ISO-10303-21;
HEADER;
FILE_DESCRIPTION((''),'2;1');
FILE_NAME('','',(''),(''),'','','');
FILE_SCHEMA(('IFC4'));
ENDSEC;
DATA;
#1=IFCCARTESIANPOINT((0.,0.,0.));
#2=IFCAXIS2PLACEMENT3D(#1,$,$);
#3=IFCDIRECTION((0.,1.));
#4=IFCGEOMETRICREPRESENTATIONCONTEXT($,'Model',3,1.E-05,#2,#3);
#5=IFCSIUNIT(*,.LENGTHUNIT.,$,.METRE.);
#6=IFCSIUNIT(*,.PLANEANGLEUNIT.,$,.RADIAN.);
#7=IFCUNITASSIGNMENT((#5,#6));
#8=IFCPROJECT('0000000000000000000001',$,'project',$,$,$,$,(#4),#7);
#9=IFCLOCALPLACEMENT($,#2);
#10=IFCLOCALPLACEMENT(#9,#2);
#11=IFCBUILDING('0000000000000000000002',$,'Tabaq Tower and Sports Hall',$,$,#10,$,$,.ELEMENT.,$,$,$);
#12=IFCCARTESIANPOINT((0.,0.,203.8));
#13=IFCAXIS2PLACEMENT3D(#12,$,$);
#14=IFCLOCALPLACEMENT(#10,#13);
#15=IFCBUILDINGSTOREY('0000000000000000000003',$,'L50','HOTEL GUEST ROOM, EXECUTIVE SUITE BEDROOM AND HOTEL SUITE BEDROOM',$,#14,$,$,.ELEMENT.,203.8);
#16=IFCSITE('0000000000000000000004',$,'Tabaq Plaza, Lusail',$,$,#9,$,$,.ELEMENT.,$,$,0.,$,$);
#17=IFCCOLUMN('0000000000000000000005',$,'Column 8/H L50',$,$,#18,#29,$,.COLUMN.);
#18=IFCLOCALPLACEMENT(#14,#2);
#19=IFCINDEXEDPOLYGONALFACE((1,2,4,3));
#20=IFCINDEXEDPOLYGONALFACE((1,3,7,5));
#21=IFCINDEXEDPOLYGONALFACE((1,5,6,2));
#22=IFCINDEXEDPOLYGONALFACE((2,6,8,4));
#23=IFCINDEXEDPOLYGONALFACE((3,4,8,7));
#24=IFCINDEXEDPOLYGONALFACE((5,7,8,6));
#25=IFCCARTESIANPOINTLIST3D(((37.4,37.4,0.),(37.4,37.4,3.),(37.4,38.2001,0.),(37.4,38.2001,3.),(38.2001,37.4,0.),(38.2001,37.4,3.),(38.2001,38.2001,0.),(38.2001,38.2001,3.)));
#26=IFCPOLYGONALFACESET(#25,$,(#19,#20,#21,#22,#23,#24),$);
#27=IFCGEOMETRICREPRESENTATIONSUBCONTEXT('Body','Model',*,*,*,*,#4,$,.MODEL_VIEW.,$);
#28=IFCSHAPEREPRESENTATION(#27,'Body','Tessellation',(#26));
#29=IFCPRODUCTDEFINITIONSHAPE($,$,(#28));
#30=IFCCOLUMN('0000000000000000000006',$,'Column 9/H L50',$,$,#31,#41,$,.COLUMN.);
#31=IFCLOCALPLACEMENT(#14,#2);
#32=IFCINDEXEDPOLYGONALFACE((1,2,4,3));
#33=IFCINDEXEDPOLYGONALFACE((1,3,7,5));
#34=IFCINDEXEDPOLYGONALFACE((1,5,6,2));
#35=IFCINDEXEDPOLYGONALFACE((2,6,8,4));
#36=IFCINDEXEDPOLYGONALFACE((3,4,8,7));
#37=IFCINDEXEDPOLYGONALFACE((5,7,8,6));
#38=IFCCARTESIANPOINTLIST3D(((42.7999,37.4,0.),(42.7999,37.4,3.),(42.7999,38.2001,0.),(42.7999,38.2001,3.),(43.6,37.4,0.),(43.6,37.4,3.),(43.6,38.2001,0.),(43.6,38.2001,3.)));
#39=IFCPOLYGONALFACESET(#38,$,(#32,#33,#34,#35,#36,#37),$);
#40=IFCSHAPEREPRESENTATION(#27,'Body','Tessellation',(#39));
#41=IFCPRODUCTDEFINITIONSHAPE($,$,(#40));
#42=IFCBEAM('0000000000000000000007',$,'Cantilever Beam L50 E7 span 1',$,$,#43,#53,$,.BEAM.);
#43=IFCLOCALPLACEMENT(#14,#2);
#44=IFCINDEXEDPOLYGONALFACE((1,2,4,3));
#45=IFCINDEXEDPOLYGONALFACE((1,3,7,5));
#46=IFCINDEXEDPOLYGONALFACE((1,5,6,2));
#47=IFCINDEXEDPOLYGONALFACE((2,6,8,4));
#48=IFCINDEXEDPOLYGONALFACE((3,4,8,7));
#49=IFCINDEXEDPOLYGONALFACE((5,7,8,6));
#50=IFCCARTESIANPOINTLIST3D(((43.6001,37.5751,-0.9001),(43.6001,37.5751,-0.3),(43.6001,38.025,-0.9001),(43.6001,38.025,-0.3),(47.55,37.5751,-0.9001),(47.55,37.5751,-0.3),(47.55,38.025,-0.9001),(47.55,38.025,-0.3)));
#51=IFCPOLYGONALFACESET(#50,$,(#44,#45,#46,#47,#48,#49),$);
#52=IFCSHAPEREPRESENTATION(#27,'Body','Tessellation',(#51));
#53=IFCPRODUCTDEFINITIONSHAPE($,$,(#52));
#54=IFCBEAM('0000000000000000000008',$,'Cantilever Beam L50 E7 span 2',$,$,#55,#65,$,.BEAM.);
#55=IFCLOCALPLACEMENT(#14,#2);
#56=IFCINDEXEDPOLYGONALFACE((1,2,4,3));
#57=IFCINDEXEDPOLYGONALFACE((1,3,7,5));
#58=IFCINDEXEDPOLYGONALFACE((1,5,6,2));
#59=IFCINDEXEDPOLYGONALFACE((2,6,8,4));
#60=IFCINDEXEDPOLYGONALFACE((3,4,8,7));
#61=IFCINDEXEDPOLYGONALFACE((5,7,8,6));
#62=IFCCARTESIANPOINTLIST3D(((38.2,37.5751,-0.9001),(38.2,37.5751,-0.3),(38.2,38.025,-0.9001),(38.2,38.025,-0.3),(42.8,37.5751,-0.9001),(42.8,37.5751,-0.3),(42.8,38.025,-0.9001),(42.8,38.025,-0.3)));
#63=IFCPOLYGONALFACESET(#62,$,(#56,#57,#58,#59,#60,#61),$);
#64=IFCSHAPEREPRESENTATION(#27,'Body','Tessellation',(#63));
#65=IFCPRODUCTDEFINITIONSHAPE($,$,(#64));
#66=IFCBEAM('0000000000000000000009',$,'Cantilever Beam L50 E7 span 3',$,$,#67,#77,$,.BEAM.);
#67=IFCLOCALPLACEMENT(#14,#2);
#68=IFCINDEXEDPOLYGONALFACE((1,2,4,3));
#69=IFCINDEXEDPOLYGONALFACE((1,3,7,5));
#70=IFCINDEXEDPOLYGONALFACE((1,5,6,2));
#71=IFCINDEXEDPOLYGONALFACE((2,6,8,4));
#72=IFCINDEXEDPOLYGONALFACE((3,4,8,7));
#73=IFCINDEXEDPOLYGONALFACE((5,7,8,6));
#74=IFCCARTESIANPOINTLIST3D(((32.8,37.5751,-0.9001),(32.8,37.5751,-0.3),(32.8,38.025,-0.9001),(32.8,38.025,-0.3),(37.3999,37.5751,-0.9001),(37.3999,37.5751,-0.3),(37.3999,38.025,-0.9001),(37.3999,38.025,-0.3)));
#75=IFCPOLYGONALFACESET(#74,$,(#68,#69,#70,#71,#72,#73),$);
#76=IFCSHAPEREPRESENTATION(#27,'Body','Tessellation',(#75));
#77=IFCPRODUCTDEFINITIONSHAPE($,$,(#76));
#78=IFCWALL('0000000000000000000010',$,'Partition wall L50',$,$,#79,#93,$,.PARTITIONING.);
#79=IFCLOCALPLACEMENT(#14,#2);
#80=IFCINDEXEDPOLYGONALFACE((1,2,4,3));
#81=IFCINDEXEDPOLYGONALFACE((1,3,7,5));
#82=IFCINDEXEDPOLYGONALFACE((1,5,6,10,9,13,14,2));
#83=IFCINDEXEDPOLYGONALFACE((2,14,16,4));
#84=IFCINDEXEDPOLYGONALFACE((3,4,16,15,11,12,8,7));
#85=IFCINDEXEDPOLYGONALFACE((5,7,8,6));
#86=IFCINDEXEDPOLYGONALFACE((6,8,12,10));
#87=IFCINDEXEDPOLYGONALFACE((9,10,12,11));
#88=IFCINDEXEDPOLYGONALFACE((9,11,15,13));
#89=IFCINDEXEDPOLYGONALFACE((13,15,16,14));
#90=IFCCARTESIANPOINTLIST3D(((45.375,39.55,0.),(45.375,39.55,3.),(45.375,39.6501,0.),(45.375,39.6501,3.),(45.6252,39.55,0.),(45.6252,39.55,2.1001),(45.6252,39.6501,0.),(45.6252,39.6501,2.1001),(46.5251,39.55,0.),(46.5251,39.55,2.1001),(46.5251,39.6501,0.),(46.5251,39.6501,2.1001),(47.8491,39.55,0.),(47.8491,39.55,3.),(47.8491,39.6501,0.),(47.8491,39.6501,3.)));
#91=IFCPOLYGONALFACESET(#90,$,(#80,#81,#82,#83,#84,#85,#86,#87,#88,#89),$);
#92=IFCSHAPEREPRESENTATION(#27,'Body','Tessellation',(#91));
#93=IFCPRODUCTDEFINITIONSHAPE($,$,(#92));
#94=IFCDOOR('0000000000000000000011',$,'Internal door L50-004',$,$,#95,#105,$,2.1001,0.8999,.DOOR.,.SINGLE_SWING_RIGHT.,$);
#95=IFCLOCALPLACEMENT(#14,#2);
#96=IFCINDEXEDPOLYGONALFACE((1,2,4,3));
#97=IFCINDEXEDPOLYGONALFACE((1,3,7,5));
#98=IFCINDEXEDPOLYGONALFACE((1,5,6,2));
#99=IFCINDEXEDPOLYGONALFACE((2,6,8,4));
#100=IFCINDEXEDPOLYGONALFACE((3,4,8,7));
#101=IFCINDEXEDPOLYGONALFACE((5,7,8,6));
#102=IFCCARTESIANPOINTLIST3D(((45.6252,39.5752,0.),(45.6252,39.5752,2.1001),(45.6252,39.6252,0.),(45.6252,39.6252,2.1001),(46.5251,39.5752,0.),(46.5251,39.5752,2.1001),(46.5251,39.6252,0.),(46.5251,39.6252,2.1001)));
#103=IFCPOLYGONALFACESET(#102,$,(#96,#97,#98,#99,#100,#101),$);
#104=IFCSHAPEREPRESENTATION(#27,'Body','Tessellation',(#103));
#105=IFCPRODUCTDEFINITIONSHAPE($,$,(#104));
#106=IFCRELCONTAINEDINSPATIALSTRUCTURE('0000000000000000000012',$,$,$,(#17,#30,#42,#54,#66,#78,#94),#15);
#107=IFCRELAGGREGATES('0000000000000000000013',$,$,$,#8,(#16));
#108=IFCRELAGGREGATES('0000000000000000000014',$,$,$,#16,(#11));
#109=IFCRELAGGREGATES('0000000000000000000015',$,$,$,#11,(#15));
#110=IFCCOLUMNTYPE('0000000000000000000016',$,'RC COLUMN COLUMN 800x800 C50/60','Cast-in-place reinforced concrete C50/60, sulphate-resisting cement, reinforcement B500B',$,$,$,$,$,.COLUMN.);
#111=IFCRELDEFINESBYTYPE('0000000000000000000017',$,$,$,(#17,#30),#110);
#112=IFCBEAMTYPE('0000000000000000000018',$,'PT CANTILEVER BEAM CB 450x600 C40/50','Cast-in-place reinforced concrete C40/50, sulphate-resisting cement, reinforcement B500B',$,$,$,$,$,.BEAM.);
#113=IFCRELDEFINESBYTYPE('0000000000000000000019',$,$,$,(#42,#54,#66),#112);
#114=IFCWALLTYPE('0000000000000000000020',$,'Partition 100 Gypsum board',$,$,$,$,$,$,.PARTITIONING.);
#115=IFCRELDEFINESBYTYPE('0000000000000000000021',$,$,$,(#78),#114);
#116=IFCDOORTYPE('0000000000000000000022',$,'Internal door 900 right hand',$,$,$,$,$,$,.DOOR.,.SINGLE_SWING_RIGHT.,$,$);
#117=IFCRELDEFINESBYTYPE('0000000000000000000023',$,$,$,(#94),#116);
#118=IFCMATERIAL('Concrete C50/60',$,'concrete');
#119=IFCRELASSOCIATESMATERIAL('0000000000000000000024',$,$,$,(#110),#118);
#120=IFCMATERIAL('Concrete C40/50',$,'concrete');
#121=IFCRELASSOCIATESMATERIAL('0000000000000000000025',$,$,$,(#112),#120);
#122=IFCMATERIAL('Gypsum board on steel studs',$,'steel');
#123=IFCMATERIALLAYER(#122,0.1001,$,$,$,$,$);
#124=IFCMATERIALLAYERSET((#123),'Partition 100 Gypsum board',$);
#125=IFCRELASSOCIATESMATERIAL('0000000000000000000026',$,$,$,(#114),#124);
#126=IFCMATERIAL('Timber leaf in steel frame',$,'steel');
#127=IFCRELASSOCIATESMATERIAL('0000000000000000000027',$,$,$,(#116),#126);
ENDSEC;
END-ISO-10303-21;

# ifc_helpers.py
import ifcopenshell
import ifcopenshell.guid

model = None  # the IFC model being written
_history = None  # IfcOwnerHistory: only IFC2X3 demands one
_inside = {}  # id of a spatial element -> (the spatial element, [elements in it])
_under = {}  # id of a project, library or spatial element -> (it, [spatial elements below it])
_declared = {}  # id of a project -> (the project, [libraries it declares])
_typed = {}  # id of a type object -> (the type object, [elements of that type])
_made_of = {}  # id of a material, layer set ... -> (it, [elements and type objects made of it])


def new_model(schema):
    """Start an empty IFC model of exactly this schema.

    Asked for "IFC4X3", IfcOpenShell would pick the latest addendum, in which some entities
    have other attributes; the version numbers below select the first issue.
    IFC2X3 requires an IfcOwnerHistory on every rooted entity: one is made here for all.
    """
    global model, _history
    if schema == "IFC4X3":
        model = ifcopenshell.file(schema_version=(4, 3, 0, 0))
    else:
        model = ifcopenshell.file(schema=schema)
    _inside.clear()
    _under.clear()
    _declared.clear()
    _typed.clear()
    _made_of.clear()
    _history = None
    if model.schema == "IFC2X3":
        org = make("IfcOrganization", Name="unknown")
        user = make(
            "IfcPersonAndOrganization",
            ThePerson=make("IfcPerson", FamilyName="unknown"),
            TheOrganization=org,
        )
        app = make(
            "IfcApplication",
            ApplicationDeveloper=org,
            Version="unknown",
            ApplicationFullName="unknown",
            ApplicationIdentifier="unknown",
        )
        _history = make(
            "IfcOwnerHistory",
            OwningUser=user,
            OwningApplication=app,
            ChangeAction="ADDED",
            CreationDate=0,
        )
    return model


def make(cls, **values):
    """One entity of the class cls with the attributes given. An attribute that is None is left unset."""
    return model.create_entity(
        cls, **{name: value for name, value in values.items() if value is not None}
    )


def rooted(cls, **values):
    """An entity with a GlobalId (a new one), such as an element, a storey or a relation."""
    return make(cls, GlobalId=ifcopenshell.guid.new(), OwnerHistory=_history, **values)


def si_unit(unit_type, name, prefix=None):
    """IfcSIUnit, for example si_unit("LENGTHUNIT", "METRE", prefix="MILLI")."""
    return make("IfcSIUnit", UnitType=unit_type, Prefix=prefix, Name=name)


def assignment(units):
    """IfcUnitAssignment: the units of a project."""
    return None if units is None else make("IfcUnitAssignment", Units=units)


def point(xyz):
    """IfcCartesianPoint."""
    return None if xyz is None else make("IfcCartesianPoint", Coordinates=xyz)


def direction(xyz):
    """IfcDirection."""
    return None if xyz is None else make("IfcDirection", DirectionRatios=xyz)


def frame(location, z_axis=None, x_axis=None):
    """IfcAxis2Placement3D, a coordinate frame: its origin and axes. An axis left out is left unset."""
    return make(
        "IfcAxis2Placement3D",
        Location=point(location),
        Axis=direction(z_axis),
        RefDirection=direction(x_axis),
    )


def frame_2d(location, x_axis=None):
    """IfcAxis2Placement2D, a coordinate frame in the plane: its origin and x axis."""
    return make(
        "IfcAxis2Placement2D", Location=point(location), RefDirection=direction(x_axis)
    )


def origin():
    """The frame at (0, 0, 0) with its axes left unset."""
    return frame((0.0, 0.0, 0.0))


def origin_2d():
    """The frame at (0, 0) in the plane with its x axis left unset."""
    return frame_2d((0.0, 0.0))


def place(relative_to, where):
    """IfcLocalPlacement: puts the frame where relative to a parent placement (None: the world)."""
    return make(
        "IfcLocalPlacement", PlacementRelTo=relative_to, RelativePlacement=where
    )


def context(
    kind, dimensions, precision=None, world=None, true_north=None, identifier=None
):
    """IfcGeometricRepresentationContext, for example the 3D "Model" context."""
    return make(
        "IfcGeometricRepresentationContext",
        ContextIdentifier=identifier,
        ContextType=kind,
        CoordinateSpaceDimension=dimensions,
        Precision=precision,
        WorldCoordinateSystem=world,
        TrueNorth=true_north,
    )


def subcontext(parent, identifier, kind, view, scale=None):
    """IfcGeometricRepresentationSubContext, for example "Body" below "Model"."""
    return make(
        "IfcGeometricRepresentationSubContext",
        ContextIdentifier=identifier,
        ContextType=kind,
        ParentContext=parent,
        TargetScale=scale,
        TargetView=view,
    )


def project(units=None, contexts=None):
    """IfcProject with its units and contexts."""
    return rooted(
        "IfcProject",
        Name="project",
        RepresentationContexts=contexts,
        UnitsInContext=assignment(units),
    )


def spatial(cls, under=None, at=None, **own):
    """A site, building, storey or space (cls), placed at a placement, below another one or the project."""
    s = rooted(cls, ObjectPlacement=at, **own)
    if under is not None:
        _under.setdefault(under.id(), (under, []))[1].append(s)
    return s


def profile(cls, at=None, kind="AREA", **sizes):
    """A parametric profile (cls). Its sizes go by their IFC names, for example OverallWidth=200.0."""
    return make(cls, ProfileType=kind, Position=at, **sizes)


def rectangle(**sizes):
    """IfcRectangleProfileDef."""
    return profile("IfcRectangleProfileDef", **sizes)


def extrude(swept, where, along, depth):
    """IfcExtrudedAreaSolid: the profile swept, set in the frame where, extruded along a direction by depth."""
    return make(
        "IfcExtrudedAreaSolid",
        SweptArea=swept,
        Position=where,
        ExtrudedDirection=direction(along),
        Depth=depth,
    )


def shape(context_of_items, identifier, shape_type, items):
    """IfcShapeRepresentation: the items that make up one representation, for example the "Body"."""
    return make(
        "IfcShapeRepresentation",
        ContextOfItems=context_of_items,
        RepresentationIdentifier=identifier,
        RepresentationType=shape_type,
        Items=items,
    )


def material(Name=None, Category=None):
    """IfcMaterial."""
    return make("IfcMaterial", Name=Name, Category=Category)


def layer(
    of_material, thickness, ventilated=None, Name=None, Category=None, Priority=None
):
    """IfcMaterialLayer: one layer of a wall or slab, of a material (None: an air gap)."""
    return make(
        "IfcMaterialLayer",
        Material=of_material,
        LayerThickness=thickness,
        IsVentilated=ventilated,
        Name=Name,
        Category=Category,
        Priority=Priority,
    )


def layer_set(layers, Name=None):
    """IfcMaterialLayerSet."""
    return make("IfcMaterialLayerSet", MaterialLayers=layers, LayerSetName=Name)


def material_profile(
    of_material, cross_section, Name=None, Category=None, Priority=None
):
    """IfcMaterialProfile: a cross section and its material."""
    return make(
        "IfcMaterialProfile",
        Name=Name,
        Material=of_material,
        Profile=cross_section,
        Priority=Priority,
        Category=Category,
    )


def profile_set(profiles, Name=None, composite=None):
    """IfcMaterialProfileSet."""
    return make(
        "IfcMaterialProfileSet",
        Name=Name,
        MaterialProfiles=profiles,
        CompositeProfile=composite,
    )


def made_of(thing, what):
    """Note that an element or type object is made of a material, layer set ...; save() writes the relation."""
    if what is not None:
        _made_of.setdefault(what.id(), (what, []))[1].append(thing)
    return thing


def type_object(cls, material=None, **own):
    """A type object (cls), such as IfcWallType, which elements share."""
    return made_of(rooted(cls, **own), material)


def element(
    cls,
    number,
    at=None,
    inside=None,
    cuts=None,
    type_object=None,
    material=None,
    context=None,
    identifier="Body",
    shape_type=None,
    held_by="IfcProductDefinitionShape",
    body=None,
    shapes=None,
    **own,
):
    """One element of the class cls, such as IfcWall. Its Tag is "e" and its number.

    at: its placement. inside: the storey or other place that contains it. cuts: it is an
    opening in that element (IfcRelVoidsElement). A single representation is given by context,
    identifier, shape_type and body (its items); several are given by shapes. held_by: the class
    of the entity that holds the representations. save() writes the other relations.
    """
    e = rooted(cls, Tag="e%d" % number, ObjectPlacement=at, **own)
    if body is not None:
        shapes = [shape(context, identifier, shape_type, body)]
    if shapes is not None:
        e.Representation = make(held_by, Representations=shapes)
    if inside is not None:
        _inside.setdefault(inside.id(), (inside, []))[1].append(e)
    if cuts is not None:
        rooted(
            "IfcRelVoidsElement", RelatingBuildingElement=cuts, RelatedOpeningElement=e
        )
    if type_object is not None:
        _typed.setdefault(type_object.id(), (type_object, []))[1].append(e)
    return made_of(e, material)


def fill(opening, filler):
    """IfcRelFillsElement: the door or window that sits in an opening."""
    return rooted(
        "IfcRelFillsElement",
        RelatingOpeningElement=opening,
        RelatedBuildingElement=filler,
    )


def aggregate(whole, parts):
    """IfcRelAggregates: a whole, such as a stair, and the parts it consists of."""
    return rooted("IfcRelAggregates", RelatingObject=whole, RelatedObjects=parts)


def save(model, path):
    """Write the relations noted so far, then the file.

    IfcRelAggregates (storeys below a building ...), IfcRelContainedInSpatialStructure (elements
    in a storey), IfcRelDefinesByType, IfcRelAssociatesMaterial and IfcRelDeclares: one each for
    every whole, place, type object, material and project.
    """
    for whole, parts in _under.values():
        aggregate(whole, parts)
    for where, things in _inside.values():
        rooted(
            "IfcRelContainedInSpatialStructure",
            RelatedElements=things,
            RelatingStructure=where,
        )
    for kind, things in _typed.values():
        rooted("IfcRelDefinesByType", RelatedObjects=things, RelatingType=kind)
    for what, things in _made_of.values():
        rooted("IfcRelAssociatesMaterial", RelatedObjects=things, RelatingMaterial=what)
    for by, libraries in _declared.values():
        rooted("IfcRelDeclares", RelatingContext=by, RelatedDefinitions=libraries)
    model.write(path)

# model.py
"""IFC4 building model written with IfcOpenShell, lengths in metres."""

from ifc_helpers import new_model, si_unit, direction, frame, frame_2d, origin, origin_2d, place, context, subcontext, project, spatial, rectangle, extrude, material, layer, layer_set, material_profile, profile_set, type_object, element, fill, save


model = new_model("IFC4")

# Units and contexts
model_context = context("Model", 3, precision=1e-05, world=origin(), true_north=direction((0.0, 1.0)))
body_context = subcontext(model_context, "Body", "Model", "MODEL_VIEW")
ifc_project = project(units=[si_unit("LENGTHUNIT", "METRE"), si_unit("PLANEANGLEUNIT", "RADIAN")], contexts=[model_context])

# Site, building, storey
site_placement = place(None, origin())
site = spatial("IfcSite", under=ifc_project, at=site_placement, Name="Tabaq Plaza, Lusail", CompositionType="ELEMENT", RefElevation=0.0)
building_placement = place(site_placement, origin())
building = spatial("IfcBuilding", under=site, at=building_placement, Name="Tabaq Tower and Sports Hall", CompositionType="ELEMENT")
storey_placement = place(building_placement, frame((0.0, 0.0, 203.8)))
storey = spatial("IfcBuildingStorey", under=building, at=storey_placement, Name="L50", Description="HOTEL GUEST ROOM, EXECUTIVE SUITE BEDROOM AND HOTEL SUITE BEDROOM", CompositionType="ELEMENT", Elevation=203.8)

# Columns
ifc_material_1 = material(Name="Concrete C50/60", Category="concrete")
ifc_material_profile_1 = material_profile(ifc_material_1, rectangle(XDim=0.8, YDim=0.8, at=origin_2d()), Name="COLUMN 800x800")
ifc_profile_set_1 = profile_set([ifc_material_profile_1], Name="Concrete C50/60")
column_type = type_object("IfcColumnType", Name="RC COLUMN COLUMN 800x800 C50/60", Description="Cast-in-place reinforced concrete C50/60, sulphate-resisting cement, reinforcement B500B", PredefinedType="COLUMN", material=ifc_profile_set_1)
for number, where, z_axis, x_axis, name in (
    (1, (37.8, 37.8, 0.0), (0.0, 0.0, 1.0), (1.0, 0.0, 0.0), "Column 8/H L50"),
    (2, (43.2, 37.8, 0.0), (0.0, 0.0, 1.0), (1.0, 0.0, 0.0), "Column 9/H L50"),
):
    element("IfcColumn", number, at=place(storey_placement, frame(where, z_axis=z_axis, x_axis=x_axis)), inside=storey, type_object=column_type, Name=name, PredefinedType="COLUMN", context=body_context, shape_type="SweptSolid", body=[
        extrude(rectangle(XDim=0.8, YDim=0.8, at=origin_2d()), origin(), (0.0, 0.0, 1.0), 3.0),
    ])

# Beams
ifc_material_2 = material(Name="Concrete C40/50", Category="concrete")
ifc_material_profile_2 = material_profile(ifc_material_2, rectangle(XDim=0.45, YDim=0.6001, at=origin_2d()), Name="CB 450x600")
ifc_profile_set_2 = profile_set([ifc_material_profile_2], Name="Concrete C40/50")
beam_type = type_object("IfcBeamType", Name="PT CANTILEVER BEAM CB 450x600 C40/50", Description="Cast-in-place reinforced concrete C40/50, sulphate-resisting cement, reinforcement B500B", PredefinedType="BEAM", material=ifc_profile_set_2)
beam_1_placement = place(storey_placement, frame((47.55, 37.8, -0.6001), z_axis=(-1.0, 0.0, 0.0), x_axis=(0.0, -1.0, 0.0)))
element("IfcBeam", 3, at=beam_1_placement, inside=storey, type_object=beam_type, Name="Cantilever Beam L50 E7 span 1", PredefinedType="BEAM", context=body_context, shape_type="SweptSolid", body=[
    extrude(rectangle(XDim=0.45, YDim=0.6001, at=origin_2d()), origin(), (0.0, 0.0, 1.0), 3.95),
])
beam_2_placement = place(storey_placement, frame((42.8, 37.8, -0.6001), z_axis=(-1.0, 0.0, 0.0), x_axis=(0.0, -1.0, 0.0)))
element("IfcBeam", 4, at=beam_2_placement, inside=storey, type_object=beam_type, Name="Cantilever Beam L50 E7 span 2", PredefinedType="BEAM", context=body_context, shape_type="SweptSolid", body=[
    extrude(rectangle(XDim=0.45, YDim=0.6001, at=origin_2d()), origin(), (0.0, 0.0, 1.0), 4.6001),
])
beam_3_placement = place(storey_placement, frame((37.3999, 37.8, -0.6001), z_axis=(-1.0, 0.0, 0.0), x_axis=(0.0, -1.0, 0.0)))
element("IfcBeam", 5, at=beam_3_placement, inside=storey, type_object=beam_type, Name="Cantilever Beam L50 E7 span 3", PredefinedType="BEAM", context=body_context, shape_type="SweptSolid", body=[
    extrude(rectangle(XDim=0.45, YDim=0.6001, at=origin_2d()), origin(), (0.0, 0.0, 1.0), 4.5999),
])

# Wall, opening, door
ifc_material_3 = material(Name="Gypsum board on steel studs", Category="steel")
ifc_layer_1 = layer(ifc_material_3, 0.1001)
ifc_layer_set_1 = layer_set([ifc_layer_1], Name="Partition 100 Gypsum board")
wall_type_1 = type_object("IfcWallType", Name="Partition 100 Gypsum board", PredefinedType="PARTITIONING", material=ifc_layer_set_1)
wall_1_placement = place(storey_placement, frame((47.8491, 39.6001, 0.0), z_axis=(0.0, 0.0, 1.0), x_axis=(-1.0, 0.0, 0.0)))
wall_1 = element("IfcWall", 6, at=wall_1_placement, inside=storey, type_object=wall_type_1, Name="Partition wall L50", PredefinedType="PARTITIONING", context=body_context, shape_type="SweptSolid", body=[
    extrude(rectangle(XDim=2.4741, YDim=0.1001, at=frame_2d((1.2371, 0.0))), origin(), (0.0, 0.0, 1.0), 3.0),
])
opening_1_placement = place(wall_1_placement, frame((1.324, 0.0, 0.0)))
opening_1 = element("IfcOpeningElement", 7, at=opening_1_placement, cuts=wall_1, PredefinedType="OPENING", context=body_context, shape_type="SweptSolid", body=[
    extrude(rectangle(XDim=0.8999, YDim=2.1001, at=frame_2d((0.45, 1.05))), frame((0.0, 0.05, 0.0), z_axis=(0.0, -1.0, 0.0), x_axis=(1.0, 0.0, 0.0)), (0.0, 0.0, 1.0), 0.1001),
])
ifc_material_4 = material(Name="Timber leaf in steel frame", Category="steel")
door_type_1 = type_object("IfcDoorType", Name="Internal door 900 right hand", OperationType="SINGLE_SWING_RIGHT", PredefinedType="DOOR", material=ifc_material_4)
door_1_placement = place(opening_1_placement, origin())
door_1 = element("IfcDoor", 8, at=door_1_placement, inside=storey, type_object=door_type_1, Name="Internal door L50-004", OperationType="SINGLE_SWING_RIGHT", OverallHeight=2.1001, OverallWidth=0.8999, PredefinedType="DOOR", context=body_context, shape_type="SweptSolid", body=[
    extrude(rectangle(XDim=0.8999, YDim=2.1001, at=frame_2d((0.45, 1.05))), frame((0.0, 0.0249, 0.0), z_axis=(0.0, -1.0, 0.0), x_axis=(1.0, 0.0, 0.0)), (0.0, 0.0, 1.0), 0.05),
])
fill(opening_1, door_1)

save(model, "model.ifc")
